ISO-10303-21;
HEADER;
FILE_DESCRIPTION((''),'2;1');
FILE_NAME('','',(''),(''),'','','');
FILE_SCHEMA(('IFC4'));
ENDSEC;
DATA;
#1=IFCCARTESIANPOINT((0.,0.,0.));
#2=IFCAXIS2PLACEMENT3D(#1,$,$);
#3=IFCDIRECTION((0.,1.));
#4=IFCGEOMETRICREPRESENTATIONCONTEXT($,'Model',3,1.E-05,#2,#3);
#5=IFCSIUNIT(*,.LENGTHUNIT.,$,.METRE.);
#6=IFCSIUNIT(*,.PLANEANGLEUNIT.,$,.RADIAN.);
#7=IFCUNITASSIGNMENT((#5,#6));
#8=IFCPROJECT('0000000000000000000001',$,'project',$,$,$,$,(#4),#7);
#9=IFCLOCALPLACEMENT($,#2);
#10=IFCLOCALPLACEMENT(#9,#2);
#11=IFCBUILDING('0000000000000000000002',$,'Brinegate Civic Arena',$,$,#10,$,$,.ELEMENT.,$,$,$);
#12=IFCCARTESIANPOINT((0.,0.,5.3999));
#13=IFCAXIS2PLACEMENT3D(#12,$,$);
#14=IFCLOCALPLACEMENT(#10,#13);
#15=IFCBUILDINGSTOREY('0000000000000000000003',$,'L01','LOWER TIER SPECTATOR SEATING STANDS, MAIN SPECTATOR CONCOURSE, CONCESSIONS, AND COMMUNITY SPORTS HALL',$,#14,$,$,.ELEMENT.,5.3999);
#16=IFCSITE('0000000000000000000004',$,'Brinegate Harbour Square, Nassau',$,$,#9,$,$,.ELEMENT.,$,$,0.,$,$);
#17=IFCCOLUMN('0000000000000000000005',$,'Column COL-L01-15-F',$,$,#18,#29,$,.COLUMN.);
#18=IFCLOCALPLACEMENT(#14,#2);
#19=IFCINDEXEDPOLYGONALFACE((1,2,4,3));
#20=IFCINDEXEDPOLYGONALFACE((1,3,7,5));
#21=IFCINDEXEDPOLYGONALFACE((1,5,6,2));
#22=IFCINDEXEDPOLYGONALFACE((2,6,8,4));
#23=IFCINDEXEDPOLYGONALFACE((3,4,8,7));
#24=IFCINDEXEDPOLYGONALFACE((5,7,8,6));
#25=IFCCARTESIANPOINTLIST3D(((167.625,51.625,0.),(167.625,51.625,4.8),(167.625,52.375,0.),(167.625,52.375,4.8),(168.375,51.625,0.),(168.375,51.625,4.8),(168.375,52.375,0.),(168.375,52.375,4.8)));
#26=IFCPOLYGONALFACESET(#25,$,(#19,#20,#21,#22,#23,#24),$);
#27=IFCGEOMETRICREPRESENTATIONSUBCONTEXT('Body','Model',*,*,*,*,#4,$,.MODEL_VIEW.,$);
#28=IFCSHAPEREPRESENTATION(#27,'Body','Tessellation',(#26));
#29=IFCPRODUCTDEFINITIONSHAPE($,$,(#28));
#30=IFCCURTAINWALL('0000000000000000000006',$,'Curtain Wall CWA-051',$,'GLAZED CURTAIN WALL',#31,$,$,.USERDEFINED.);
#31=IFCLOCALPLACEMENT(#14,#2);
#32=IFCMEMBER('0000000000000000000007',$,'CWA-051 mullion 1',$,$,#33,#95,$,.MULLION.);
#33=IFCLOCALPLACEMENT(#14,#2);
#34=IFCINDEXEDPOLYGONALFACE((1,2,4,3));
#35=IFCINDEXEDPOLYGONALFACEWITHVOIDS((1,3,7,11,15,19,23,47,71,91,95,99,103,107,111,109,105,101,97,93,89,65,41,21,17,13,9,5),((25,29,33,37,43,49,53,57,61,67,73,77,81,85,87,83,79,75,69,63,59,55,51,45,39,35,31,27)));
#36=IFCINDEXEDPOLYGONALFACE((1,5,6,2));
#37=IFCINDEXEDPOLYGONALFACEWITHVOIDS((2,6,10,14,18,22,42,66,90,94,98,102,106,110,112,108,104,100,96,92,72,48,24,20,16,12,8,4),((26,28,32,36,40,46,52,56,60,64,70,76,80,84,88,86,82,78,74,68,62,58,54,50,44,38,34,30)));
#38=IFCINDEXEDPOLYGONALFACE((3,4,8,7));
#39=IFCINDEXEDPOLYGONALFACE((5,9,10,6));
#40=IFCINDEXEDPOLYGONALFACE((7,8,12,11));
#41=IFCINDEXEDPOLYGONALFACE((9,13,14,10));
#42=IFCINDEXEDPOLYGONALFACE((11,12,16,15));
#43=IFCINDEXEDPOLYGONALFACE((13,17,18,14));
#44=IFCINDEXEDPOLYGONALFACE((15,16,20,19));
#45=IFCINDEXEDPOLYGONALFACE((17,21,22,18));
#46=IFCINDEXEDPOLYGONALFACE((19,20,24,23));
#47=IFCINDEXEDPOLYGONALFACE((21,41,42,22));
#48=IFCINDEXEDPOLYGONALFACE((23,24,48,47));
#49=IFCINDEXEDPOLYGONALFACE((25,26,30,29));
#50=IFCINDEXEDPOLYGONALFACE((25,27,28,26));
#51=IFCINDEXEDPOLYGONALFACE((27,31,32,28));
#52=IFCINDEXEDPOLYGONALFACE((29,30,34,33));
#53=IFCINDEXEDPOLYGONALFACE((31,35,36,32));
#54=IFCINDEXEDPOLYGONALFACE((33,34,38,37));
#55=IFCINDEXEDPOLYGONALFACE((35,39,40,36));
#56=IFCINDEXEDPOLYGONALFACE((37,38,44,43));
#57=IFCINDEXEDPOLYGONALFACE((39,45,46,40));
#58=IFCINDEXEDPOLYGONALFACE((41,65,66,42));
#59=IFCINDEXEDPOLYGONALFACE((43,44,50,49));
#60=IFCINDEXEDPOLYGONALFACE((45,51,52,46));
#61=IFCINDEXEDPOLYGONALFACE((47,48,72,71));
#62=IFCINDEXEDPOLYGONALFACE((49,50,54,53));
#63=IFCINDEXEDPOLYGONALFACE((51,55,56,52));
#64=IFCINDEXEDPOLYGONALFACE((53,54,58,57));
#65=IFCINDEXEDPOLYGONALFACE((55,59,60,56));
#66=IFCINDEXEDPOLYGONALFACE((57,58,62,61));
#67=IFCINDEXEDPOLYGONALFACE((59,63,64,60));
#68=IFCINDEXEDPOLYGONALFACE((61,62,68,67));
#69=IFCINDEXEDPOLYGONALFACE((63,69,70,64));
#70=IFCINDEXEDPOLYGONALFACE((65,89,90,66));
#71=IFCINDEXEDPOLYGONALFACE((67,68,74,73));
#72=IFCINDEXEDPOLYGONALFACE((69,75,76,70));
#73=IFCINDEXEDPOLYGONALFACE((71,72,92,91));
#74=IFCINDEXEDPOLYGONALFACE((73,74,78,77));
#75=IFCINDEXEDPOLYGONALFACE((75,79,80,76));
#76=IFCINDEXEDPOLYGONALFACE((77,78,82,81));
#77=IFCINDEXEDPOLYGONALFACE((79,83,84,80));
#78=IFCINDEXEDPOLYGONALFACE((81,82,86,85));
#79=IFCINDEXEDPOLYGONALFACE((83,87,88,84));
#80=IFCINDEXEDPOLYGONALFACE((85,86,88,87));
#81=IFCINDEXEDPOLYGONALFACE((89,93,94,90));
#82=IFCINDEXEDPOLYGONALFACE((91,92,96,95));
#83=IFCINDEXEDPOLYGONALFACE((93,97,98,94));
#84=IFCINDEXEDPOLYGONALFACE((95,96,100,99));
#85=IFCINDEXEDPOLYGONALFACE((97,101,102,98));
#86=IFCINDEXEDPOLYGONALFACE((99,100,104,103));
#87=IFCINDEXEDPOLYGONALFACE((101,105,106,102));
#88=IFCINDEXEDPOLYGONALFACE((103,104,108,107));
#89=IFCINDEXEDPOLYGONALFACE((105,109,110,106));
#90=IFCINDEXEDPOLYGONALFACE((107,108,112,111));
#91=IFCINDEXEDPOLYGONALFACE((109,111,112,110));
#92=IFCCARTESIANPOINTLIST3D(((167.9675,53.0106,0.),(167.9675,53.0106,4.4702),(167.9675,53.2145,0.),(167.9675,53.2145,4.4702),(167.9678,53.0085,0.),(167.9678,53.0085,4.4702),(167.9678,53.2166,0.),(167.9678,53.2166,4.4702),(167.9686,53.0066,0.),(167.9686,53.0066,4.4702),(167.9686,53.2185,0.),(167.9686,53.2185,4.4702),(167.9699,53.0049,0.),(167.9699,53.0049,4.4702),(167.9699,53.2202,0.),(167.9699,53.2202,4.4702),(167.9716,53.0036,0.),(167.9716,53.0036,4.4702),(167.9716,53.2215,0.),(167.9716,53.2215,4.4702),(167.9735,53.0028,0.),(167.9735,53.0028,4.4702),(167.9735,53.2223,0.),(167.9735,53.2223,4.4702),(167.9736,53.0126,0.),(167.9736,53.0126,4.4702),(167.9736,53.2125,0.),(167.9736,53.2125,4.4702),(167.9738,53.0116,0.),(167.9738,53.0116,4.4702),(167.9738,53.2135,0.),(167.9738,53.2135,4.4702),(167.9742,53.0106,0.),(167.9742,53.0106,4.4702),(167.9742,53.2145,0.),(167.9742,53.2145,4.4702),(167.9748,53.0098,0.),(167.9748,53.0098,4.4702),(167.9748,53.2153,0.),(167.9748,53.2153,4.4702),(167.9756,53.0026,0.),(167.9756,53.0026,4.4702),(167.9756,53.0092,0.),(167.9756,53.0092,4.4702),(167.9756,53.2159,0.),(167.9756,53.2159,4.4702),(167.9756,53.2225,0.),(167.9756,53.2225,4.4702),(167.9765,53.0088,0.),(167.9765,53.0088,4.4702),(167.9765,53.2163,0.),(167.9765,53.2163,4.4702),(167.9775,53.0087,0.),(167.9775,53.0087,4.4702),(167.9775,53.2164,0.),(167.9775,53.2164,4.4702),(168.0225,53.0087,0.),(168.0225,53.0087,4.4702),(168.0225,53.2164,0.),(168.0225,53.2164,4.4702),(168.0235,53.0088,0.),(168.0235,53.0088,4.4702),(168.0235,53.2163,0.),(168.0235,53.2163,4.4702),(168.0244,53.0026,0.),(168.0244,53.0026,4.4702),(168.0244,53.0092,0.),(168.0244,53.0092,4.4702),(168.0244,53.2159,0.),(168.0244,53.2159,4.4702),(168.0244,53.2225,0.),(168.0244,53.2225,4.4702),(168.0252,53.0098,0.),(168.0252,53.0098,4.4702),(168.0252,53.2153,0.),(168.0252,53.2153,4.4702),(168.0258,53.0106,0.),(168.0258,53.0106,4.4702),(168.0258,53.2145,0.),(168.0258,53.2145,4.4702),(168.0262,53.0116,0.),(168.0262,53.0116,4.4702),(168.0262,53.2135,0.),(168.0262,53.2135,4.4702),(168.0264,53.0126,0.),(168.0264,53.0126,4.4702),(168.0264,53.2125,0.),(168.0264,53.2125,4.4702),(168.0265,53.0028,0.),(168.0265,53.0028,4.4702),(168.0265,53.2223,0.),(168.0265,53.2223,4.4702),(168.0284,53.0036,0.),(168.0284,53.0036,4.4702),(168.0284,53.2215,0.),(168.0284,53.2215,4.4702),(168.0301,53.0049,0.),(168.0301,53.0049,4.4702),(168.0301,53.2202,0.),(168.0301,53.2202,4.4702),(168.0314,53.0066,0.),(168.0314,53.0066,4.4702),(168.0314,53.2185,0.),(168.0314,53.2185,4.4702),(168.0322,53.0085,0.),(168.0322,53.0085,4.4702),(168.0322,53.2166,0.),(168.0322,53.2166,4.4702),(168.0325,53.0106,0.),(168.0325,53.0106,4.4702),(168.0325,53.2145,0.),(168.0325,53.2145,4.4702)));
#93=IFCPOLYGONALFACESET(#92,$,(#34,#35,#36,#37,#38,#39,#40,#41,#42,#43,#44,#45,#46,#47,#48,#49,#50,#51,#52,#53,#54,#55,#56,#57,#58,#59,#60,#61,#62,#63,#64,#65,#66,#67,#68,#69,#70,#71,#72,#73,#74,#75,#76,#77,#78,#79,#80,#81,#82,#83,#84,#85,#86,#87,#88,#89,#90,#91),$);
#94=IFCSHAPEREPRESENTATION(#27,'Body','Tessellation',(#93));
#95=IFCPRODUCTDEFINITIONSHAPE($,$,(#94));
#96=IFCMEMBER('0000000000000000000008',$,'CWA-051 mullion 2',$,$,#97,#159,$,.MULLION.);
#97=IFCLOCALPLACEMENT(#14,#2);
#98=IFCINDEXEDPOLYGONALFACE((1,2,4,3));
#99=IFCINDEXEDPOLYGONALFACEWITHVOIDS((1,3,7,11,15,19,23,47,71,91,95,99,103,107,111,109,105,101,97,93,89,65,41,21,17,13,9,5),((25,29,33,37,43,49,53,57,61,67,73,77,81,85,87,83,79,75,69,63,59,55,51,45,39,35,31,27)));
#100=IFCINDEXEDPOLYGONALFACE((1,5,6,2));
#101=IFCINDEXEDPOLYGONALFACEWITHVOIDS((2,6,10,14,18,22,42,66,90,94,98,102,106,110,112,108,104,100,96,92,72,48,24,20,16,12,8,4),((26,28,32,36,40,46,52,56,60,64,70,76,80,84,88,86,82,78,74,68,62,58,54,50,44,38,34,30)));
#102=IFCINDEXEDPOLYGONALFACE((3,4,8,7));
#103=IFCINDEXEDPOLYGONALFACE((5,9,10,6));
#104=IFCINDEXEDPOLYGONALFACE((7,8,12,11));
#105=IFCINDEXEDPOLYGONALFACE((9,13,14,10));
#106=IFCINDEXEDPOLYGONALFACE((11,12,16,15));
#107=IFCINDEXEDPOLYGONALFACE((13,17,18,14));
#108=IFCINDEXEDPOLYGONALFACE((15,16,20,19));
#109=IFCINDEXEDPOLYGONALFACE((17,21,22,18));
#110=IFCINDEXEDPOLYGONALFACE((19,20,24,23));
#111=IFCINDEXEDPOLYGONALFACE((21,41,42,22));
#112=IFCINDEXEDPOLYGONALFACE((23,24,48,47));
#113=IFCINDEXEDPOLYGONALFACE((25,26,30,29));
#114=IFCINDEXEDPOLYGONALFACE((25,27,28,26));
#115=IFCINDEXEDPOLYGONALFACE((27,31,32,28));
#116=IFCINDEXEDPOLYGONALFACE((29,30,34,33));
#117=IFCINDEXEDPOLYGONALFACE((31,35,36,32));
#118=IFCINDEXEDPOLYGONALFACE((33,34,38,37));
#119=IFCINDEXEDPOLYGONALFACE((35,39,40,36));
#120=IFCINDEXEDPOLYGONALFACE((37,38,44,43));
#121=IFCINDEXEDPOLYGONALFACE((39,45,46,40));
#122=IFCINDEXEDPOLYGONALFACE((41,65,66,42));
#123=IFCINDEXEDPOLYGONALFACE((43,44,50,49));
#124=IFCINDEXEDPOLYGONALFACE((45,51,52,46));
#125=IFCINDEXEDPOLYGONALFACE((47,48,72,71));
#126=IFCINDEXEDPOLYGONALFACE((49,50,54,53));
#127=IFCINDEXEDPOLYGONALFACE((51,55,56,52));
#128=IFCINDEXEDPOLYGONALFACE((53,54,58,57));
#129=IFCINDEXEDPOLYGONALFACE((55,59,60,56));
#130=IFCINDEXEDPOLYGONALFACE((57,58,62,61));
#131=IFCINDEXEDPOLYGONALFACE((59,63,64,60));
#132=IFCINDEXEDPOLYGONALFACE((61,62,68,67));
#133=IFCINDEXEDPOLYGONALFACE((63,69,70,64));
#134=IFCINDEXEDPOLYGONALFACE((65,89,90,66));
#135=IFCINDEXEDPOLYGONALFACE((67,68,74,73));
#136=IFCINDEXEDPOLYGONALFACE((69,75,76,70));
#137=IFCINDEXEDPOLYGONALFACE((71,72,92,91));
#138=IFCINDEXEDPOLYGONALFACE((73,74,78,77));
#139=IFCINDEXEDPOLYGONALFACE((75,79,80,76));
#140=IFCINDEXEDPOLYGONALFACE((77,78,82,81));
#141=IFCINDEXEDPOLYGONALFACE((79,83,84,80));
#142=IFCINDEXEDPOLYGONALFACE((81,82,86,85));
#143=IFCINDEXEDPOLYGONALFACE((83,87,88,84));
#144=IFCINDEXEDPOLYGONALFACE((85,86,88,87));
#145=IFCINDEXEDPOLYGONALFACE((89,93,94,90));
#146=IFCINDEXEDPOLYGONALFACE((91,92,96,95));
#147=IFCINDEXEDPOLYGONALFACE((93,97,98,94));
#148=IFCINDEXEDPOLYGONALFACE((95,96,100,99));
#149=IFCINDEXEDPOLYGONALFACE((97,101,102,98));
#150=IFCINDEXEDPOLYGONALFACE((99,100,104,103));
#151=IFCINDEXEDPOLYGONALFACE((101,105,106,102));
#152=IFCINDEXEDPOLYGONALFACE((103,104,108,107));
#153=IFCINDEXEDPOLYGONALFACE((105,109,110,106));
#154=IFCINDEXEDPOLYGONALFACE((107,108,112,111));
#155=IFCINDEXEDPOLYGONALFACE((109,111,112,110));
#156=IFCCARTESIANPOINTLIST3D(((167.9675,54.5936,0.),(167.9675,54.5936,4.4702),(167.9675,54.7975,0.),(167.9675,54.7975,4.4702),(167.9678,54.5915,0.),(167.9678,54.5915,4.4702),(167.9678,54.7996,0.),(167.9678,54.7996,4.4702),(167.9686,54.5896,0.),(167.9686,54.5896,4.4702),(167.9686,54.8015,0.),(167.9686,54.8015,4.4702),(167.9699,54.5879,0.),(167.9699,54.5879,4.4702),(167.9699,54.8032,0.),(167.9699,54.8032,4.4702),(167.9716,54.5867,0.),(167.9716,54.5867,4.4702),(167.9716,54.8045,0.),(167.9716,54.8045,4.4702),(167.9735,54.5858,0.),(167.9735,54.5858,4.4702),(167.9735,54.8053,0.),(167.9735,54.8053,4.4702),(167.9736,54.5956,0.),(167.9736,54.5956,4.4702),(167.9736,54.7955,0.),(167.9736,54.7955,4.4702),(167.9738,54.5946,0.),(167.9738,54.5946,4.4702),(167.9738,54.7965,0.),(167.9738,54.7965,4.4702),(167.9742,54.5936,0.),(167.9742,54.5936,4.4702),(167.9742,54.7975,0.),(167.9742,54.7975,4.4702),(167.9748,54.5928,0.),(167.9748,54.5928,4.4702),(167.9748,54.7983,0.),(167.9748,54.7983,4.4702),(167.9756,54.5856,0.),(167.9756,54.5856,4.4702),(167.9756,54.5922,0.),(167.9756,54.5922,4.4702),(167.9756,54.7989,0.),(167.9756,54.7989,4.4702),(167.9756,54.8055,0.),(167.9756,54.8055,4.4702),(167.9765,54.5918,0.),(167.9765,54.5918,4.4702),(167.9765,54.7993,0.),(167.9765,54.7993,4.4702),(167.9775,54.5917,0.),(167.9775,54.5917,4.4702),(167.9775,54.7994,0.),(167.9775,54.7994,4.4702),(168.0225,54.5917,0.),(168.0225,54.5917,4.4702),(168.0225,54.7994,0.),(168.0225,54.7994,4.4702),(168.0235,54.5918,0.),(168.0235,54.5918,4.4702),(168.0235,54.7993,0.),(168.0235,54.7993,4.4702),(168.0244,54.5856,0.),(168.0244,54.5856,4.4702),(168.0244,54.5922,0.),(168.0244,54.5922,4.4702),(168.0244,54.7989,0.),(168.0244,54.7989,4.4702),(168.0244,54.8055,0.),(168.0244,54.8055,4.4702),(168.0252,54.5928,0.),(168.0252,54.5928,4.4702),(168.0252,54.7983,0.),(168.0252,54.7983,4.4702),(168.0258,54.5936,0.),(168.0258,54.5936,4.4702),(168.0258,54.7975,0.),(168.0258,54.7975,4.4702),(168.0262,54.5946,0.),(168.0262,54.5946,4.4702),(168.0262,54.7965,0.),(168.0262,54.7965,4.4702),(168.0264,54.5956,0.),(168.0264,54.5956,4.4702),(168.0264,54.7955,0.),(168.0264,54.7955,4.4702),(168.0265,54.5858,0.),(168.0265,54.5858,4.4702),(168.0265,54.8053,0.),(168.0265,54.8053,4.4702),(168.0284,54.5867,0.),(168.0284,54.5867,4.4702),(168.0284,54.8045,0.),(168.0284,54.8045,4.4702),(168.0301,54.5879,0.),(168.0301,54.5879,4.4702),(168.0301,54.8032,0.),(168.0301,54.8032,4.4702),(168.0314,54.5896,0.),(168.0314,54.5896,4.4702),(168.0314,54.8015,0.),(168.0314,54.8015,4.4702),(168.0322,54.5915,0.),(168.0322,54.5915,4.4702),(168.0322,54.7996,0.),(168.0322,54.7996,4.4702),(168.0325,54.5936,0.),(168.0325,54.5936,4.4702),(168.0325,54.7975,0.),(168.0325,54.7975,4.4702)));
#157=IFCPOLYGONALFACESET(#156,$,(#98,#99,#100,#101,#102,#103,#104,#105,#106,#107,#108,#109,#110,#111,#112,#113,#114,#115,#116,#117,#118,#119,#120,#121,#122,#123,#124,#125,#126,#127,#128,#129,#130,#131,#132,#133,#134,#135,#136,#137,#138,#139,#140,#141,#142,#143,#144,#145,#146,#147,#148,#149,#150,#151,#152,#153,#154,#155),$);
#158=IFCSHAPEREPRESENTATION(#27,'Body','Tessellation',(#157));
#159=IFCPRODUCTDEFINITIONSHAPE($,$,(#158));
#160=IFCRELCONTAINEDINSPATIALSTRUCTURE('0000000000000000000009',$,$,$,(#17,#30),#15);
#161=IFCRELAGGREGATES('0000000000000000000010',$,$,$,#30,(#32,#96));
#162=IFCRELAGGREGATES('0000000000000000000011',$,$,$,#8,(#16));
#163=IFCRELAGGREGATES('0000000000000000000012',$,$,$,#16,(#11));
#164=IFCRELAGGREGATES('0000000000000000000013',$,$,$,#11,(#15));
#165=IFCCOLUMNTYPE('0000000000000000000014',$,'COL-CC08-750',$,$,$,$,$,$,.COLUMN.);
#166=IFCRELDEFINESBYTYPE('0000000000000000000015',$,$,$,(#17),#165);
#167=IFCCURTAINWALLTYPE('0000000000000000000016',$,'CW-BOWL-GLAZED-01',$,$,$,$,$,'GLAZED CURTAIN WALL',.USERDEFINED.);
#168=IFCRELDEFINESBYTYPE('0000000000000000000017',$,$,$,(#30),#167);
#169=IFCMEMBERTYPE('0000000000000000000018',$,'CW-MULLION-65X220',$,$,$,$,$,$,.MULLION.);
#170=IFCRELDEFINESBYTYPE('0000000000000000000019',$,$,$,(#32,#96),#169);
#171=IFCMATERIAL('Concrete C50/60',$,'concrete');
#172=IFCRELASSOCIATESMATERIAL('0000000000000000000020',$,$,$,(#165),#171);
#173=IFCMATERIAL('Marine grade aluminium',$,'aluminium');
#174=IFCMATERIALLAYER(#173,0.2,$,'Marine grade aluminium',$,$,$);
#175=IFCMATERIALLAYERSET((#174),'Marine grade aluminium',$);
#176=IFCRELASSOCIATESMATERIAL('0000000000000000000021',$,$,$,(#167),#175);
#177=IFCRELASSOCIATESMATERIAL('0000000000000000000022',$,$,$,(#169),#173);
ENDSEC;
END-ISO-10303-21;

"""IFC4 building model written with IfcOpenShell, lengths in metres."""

from ifc_helpers import new_model, si_unit, direction, frame, origin, origin_2d, place, context, subcontext, project, spatial, rectangle, hollow_rectangle, extrude, material, layer, layer_set, material_profile, profile_set, type_object, element, aggregate, save


model = new_model("IFC4")

# Units and contexts
model_context = context("Model", 3, precision=1e-05, world=origin(), true_north=direction((0.0, 1.0)))
body_context = subcontext(model_context, "Body", "Model", "MODEL_VIEW")
ifc_project = project(units=[si_unit("LENGTHUNIT", "METRE"), si_unit("PLANEANGLEUNIT", "RADIAN")], contexts=[model_context])

# Site, building, storey
site_placement = place(None, origin())
site = spatial("IfcSite", under=ifc_project, at=site_placement, Name="Brinegate Harbour Square, Nassau", CompositionType="ELEMENT", RefElevation=0.0)
building_placement = place(site_placement, origin())
building = spatial("IfcBuilding", under=site, at=building_placement, Name="Brinegate Civic Arena", CompositionType="ELEMENT")
storey_placement = place(building_placement, frame((0.0, 0.0, 5.3999)))
storey = spatial("IfcBuildingStorey", under=building, at=storey_placement, Name="L01", Description="LOWER TIER SPECTATOR SEATING STANDS, MAIN SPECTATOR CONCOURSE, CONCESSIONS, AND COMMUNITY SPORTS HALL", CompositionType="ELEMENT", Elevation=5.3999)

# Column
ifc_material_1 = material(Name="Concrete C50/60", Category="concrete")
ifc_material_profile_1 = material_profile(ifc_material_1, rectangle(XDim=0.75, YDim=0.75, at=origin_2d()), Name="RC750X750")
ifc_profile_set_1 = profile_set([ifc_material_profile_1], Name="Concrete C50/60")
column_type = type_object("IfcColumnType", Name="COL-CC08-750", PredefinedType="COLUMN", material=ifc_profile_set_1)
column_placement = place(storey_placement, frame((168.0, 52.0, 0.0), z_axis=(0.0, 0.0, 1.0), x_axis=(1.0, 0.0, 0.0)))
element("IfcColumn", 1, at=column_placement, inside=storey, type_object=column_type, Name="Column COL-L01-15-F", PredefinedType="COLUMN", context=body_context, shape_type="SweptSolid", body=[
    extrude(rectangle(XDim=0.75, YDim=0.75, at=origin_2d()), origin(), (0.0, 0.0, 1.0), 4.8),
])

# Curtain wall, members
ifc_material_2 = material(Name="Marine grade aluminium", Category="aluminium")
ifc_layer_1 = layer(ifc_material_2, 0.2, Name="Marine grade aluminium")
ifc_layer_set_1 = layer_set([ifc_layer_1], Name="Marine grade aluminium")
curtain_wall_type = type_object("IfcCurtainWallType", Name="CW-BOWL-GLAZED-01", ElementType="GLAZED CURTAIN WALL", PredefinedType="USERDEFINED", material=ifc_layer_set_1)
curtain_wall_1_placement = place(storey_placement, origin())
curtain_wall_1 = element("IfcCurtainWall", 2, at=curtain_wall_1_placement, inside=storey, type_object=curtain_wall_type, Name="Curtain Wall CWA-051", ObjectType="GLAZED CURTAIN WALL", PredefinedType="USERDEFINED")
ifc_material_profile_2 = material_profile(ifc_material_2, hollow_rectangle(XDim=0.0649, YDim=0.22, WallThickness=0.0061, InnerFilletRadius=0.0039, OuterFilletRadius=0.0081, at=origin_2d()), Name="MUL65X220")
ifc_profile_set_2 = profile_set([ifc_material_profile_2], Name="Marine grade aluminium")
member_type_1 = type_object("IfcMemberType", Name="CW-MULLION-65X220", PredefinedType="MULLION", material=ifc_profile_set_2)
member_1_placement = place(storey_placement, frame((168.0, 53.1125, 0.0), z_axis=(0.0, 0.0, 1.0), x_axis=(-1.0, 0.0, 0.0)))
member_1 = element("IfcMember", 3, at=member_1_placement, type_object=member_type_1, Name="CWA-051 mullion 1", PredefinedType="MULLION", context=body_context, shape_type="SweptSolid", body=[
    extrude(hollow_rectangle(XDim=0.0649, YDim=0.22, WallThickness=0.0061, InnerFilletRadius=0.0039, OuterFilletRadius=0.0081, at=origin_2d()), origin(), (0.0, 0.0, 1.0), 4.4702),
])
member_2_placement = place(storey_placement, frame((168.0, 54.6956, 0.0), z_axis=(0.0, 0.0, 1.0), x_axis=(-1.0, 0.0, 0.0)))
member_2 = element("IfcMember", 4, at=member_2_placement, type_object=member_type_1, Name="CWA-051 mullion 2", PredefinedType="MULLION", context=body_context, shape_type="SweptSolid", body=[
    extrude(hollow_rectangle(XDim=0.0649, YDim=0.22, WallThickness=0.0061, InnerFilletRadius=0.0039, OuterFilletRadius=0.0081, at=origin_2d()), origin(), (0.0, 0.0, 1.0), 4.4702),
])

aggregate(curtain_wall_1, [member_1, member_2])

save(model, "model.ifc")
